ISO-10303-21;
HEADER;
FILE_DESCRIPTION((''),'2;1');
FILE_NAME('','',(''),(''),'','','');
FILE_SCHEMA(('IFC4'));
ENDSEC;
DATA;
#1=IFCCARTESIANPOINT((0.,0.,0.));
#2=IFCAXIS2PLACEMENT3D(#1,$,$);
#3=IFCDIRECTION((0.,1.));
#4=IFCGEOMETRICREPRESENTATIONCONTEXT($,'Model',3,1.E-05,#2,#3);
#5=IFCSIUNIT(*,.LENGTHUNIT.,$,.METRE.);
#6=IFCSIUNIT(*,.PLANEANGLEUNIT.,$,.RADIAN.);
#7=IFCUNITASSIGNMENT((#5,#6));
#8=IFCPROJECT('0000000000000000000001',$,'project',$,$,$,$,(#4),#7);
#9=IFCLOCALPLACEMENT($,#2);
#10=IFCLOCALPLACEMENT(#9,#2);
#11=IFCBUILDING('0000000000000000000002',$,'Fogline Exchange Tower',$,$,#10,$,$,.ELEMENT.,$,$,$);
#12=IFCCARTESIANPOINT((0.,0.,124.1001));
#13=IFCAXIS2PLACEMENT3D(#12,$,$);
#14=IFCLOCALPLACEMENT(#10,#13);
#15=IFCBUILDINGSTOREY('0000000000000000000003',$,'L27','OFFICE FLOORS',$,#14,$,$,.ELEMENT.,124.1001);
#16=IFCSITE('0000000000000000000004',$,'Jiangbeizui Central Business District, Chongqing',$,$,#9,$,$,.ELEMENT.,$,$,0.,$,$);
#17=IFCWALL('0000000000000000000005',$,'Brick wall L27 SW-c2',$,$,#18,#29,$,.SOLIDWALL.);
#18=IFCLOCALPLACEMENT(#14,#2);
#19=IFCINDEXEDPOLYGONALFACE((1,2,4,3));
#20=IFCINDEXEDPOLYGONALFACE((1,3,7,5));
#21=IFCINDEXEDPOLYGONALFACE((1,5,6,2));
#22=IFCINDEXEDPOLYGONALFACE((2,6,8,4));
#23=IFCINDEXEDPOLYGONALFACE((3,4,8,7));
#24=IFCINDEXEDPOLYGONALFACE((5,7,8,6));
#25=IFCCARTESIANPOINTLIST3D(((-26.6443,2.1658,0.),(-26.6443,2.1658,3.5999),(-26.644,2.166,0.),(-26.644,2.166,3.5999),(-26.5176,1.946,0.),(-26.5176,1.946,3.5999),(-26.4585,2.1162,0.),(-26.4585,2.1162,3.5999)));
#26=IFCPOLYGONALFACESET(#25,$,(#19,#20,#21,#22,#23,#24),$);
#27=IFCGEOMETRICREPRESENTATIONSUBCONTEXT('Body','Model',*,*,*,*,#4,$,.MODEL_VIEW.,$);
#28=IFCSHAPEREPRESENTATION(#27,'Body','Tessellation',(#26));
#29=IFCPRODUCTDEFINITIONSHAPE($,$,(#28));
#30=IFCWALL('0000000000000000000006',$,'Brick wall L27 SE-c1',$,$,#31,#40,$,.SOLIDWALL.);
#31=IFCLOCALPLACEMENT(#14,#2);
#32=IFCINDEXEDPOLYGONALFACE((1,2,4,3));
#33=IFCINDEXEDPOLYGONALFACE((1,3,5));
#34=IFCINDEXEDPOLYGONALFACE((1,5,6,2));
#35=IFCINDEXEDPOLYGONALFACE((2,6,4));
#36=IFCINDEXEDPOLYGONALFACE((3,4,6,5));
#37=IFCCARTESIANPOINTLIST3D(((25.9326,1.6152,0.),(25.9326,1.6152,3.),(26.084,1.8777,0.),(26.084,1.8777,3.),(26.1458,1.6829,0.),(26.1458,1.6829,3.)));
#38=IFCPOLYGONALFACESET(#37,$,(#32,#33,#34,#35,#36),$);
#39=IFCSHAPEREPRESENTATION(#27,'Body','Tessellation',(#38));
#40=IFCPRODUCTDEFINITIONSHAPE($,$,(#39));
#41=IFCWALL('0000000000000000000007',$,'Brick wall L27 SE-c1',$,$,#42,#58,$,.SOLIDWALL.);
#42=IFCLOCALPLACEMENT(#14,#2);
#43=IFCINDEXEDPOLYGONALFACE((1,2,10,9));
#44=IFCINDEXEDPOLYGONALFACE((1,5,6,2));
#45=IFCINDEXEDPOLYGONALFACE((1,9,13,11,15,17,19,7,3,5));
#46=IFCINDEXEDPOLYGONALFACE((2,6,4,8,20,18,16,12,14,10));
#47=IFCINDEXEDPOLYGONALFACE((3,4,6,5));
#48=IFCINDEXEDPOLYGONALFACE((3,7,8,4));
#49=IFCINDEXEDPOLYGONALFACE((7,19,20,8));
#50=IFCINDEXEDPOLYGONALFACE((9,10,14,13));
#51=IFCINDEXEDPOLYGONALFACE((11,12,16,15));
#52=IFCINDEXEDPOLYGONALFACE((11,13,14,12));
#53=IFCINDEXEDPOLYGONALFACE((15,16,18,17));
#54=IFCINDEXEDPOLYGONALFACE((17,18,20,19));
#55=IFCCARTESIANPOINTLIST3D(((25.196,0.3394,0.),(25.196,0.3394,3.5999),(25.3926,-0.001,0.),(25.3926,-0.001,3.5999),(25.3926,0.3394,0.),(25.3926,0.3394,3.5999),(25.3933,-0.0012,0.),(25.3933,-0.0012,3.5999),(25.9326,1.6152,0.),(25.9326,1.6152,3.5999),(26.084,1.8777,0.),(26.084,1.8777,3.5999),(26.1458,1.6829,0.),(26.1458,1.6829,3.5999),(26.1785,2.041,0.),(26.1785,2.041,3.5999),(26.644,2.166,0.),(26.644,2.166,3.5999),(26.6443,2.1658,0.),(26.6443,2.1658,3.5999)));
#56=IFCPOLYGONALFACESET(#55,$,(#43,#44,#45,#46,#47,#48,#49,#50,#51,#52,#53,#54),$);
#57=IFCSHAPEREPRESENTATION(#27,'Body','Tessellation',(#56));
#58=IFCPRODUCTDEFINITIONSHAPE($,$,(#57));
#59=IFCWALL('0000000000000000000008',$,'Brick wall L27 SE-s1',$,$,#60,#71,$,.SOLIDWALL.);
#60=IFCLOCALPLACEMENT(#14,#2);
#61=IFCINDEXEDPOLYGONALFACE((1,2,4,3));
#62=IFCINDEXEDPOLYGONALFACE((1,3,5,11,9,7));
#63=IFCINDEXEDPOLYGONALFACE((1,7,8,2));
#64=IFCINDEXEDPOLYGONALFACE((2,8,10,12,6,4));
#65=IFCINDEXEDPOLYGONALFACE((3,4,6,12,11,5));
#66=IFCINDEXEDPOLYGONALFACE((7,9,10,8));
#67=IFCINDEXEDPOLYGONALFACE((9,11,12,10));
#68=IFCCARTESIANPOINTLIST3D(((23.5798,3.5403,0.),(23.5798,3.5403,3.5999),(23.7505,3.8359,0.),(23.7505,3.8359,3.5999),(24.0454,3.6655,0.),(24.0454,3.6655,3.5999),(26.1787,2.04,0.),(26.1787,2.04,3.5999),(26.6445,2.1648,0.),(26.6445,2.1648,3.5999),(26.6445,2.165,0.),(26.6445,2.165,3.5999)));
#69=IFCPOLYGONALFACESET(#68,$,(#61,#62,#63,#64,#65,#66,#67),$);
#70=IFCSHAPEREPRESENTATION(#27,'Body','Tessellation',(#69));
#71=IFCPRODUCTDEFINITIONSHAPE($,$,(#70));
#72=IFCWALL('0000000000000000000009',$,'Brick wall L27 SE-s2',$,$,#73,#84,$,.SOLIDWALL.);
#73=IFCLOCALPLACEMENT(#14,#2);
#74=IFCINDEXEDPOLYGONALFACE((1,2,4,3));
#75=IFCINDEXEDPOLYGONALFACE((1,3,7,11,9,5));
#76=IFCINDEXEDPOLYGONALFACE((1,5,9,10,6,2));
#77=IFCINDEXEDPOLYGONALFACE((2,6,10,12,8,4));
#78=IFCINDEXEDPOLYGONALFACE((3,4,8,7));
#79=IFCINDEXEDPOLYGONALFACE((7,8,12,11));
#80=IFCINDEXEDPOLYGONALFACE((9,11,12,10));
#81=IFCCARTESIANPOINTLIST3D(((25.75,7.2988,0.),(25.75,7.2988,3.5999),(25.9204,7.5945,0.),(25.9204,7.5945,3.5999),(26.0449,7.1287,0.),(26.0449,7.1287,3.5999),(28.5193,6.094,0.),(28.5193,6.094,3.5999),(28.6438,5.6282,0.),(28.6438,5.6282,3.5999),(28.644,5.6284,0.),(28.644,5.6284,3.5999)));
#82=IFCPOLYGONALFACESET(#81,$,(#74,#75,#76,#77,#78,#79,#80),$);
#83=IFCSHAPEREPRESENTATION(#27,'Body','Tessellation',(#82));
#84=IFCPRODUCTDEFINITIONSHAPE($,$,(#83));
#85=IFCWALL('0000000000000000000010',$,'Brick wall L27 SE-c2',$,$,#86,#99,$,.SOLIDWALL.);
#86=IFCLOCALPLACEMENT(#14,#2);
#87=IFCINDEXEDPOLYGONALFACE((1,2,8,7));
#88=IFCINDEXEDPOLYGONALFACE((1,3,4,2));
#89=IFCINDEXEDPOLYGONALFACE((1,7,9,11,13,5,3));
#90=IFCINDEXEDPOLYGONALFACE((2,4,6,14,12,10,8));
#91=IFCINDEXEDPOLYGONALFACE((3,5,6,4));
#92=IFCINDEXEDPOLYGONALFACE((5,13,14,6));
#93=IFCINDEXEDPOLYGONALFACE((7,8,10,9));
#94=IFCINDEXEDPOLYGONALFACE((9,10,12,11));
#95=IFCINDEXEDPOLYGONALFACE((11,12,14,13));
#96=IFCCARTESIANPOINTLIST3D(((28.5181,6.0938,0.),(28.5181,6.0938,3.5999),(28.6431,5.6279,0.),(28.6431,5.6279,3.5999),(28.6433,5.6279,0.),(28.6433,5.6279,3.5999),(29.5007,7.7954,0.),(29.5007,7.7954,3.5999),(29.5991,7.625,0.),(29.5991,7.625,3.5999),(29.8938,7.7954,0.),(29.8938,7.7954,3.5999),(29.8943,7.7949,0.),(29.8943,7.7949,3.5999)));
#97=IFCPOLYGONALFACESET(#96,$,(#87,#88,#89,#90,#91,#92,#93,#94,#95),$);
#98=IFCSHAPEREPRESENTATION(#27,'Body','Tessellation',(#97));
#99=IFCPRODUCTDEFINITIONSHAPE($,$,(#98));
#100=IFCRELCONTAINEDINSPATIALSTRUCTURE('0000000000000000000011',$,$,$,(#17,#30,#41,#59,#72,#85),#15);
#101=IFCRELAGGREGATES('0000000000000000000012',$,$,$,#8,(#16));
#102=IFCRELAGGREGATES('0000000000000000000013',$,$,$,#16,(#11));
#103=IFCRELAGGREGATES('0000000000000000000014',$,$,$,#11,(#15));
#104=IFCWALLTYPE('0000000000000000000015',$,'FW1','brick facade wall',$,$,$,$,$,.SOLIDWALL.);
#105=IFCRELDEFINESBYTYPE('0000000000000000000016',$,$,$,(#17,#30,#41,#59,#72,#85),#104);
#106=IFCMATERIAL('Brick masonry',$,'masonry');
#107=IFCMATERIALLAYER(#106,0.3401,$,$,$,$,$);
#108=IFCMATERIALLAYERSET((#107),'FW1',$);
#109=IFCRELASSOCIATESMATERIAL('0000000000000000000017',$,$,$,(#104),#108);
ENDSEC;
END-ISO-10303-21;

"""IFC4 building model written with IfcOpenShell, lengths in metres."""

from ifc_helpers import new_model, si_unit, direction, frame, origin, place, context, subcontext, project, spatial, polyline, outline, extrude, material, layer, layer_set, type_object, element, save


model = new_model("IFC4")

# Units and contexts
model_context = context("Model", 3, precision=1e-05, world=origin(), true_north=direction((0.0, 1.0)))
body_context = subcontext(model_context, "Body", "Model", "MODEL_VIEW")
ifc_project = project(units=[si_unit("LENGTHUNIT", "METRE"), si_unit("PLANEANGLEUNIT", "RADIAN")], contexts=[model_context])

# Site, building, storey
site_placement = place(None, origin())
site = spatial("IfcSite", under=ifc_project, at=site_placement, Name="Jiangbeizui Central Business District, Chongqing", CompositionType="ELEMENT", RefElevation=0.0)
building_placement = place(site_placement, origin())
building = spatial("IfcBuilding", under=site, at=building_placement, Name="Fogline Exchange Tower", CompositionType="ELEMENT")
storey_placement = place(building_placement, frame((0.0, 0.0, 124.1001)))
storey = spatial("IfcBuildingStorey", under=building, at=storey_placement, Name="L27", Description="OFFICE FLOORS", CompositionType="ELEMENT", Elevation=124.1001)

# Walls
ifc_material_1 = material(Name="Brick masonry", Category="masonry")
ifc_layer_1 = layer(ifc_material_1, 0.3401)
ifc_layer_set_1 = layer_set([ifc_layer_1], Name="FW1")
wall_type_1 = type_object("IfcWallType", Name="FW1", Description="brick facade wall", PredefinedType="SOLIDWALL", material=ifc_layer_set_1)
wall_1_placement = place(storey_placement, origin())
element("IfcWall", 1, at=wall_1_placement, inside=storey, type_object=wall_type_1, Name="Brick wall L27 SW-c2", PredefinedType="SOLIDWALL", context=body_context, shape_type="SweptSolid", body=[
    extrude(outline(polyline([(-26.6443, 2.1658), (-26.644, 2.166), (-26.4585, 2.1162), (-26.5176, 1.946), (-26.6443, 2.1658)])), origin(), (0.0, 0.0, 1.0), 3.5999),
])
wall_2_placement = place(storey_placement, origin())
element("IfcWall", 2, at=wall_2_placement, inside=storey, type_object=wall_type_1, Name="Brick wall L27 SE-c1", PredefinedType="SOLIDWALL", context=body_context, shape_type="SweptSolid", body=[
    extrude(outline(polyline([(26.084, 1.8777), (26.1458, 1.6829), (25.9326, 1.6152), (26.084, 1.8777)])), origin(), (0.0, 0.0, 1.0), 3.0),
])
wall_3_placement = place(storey_placement, origin())
element("IfcWall", 3, at=wall_3_placement, inside=storey, type_object=wall_type_1, Name="Brick wall L27 SE-c1", PredefinedType="SOLIDWALL", context=body_context, shape_type="SweptSolid", body=[
    extrude(outline(polyline([(25.3933, -0.0012), (25.3926, -0.001), (25.3926, 0.3394), (25.196, 0.3394), (25.9326, 1.6152), (26.1458, 1.6829), (26.084, 1.8777), (26.1785, 2.041), (26.644, 2.166), (26.6443, 2.1658), (25.3933, -0.0012)])), origin(), (0.0, 0.0, 1.0), 3.5999),
])
wall_4_placement = place(storey_placement, origin())
element("IfcWall", 4, at=wall_4_placement, inside=storey, type_object=wall_type_1, Name="Brick wall L27 SE-s1", PredefinedType="SOLIDWALL", context=body_context, shape_type="SweptSolid", body=[
    extrude(outline(polyline([(23.5798, 3.5403), (23.7505, 3.8359), (24.0454, 3.6655), (26.6445, 2.165), (26.6445, 2.1648), (26.1787, 2.04), (23.5798, 3.5403)])), origin(), (0.0, 0.0, 1.0), 3.5999),
])
wall_5_placement = place(storey_placement, origin())
element("IfcWall", 5, at=wall_5_placement, inside=storey, type_object=wall_type_1, Name="Brick wall L27 SE-s2", PredefinedType="SOLIDWALL", context=body_context, shape_type="SweptSolid", body=[
    extrude(outline(polyline([(28.6438, 5.6282), (26.0449, 7.1287), (25.75, 7.2988), (25.9204, 7.5945), (28.5193, 6.094), (28.644, 5.6284), (28.6438, 5.6282)])), origin(), (0.0, 0.0, 1.0), 3.5999),
])
wall_6_placement = place(storey_placement, origin())
element("IfcWall", 6, at=wall_6_placement, inside=storey, type_object=wall_type_1, Name="Brick wall L27 SE-c2", PredefinedType="SOLIDWALL", context=body_context, shape_type="SweptSolid", body=[
    extrude(outline(polyline([(29.5007, 7.7954), (29.5991, 7.625), (29.8938, 7.7954), (29.8943, 7.7949), (28.6433, 5.6279), (28.6431, 5.6279), (28.5181, 6.0938), (29.5007, 7.7954)])), origin(), (0.0, 0.0, 1.0), 3.5999),
])

save(model, "model.ifc")
